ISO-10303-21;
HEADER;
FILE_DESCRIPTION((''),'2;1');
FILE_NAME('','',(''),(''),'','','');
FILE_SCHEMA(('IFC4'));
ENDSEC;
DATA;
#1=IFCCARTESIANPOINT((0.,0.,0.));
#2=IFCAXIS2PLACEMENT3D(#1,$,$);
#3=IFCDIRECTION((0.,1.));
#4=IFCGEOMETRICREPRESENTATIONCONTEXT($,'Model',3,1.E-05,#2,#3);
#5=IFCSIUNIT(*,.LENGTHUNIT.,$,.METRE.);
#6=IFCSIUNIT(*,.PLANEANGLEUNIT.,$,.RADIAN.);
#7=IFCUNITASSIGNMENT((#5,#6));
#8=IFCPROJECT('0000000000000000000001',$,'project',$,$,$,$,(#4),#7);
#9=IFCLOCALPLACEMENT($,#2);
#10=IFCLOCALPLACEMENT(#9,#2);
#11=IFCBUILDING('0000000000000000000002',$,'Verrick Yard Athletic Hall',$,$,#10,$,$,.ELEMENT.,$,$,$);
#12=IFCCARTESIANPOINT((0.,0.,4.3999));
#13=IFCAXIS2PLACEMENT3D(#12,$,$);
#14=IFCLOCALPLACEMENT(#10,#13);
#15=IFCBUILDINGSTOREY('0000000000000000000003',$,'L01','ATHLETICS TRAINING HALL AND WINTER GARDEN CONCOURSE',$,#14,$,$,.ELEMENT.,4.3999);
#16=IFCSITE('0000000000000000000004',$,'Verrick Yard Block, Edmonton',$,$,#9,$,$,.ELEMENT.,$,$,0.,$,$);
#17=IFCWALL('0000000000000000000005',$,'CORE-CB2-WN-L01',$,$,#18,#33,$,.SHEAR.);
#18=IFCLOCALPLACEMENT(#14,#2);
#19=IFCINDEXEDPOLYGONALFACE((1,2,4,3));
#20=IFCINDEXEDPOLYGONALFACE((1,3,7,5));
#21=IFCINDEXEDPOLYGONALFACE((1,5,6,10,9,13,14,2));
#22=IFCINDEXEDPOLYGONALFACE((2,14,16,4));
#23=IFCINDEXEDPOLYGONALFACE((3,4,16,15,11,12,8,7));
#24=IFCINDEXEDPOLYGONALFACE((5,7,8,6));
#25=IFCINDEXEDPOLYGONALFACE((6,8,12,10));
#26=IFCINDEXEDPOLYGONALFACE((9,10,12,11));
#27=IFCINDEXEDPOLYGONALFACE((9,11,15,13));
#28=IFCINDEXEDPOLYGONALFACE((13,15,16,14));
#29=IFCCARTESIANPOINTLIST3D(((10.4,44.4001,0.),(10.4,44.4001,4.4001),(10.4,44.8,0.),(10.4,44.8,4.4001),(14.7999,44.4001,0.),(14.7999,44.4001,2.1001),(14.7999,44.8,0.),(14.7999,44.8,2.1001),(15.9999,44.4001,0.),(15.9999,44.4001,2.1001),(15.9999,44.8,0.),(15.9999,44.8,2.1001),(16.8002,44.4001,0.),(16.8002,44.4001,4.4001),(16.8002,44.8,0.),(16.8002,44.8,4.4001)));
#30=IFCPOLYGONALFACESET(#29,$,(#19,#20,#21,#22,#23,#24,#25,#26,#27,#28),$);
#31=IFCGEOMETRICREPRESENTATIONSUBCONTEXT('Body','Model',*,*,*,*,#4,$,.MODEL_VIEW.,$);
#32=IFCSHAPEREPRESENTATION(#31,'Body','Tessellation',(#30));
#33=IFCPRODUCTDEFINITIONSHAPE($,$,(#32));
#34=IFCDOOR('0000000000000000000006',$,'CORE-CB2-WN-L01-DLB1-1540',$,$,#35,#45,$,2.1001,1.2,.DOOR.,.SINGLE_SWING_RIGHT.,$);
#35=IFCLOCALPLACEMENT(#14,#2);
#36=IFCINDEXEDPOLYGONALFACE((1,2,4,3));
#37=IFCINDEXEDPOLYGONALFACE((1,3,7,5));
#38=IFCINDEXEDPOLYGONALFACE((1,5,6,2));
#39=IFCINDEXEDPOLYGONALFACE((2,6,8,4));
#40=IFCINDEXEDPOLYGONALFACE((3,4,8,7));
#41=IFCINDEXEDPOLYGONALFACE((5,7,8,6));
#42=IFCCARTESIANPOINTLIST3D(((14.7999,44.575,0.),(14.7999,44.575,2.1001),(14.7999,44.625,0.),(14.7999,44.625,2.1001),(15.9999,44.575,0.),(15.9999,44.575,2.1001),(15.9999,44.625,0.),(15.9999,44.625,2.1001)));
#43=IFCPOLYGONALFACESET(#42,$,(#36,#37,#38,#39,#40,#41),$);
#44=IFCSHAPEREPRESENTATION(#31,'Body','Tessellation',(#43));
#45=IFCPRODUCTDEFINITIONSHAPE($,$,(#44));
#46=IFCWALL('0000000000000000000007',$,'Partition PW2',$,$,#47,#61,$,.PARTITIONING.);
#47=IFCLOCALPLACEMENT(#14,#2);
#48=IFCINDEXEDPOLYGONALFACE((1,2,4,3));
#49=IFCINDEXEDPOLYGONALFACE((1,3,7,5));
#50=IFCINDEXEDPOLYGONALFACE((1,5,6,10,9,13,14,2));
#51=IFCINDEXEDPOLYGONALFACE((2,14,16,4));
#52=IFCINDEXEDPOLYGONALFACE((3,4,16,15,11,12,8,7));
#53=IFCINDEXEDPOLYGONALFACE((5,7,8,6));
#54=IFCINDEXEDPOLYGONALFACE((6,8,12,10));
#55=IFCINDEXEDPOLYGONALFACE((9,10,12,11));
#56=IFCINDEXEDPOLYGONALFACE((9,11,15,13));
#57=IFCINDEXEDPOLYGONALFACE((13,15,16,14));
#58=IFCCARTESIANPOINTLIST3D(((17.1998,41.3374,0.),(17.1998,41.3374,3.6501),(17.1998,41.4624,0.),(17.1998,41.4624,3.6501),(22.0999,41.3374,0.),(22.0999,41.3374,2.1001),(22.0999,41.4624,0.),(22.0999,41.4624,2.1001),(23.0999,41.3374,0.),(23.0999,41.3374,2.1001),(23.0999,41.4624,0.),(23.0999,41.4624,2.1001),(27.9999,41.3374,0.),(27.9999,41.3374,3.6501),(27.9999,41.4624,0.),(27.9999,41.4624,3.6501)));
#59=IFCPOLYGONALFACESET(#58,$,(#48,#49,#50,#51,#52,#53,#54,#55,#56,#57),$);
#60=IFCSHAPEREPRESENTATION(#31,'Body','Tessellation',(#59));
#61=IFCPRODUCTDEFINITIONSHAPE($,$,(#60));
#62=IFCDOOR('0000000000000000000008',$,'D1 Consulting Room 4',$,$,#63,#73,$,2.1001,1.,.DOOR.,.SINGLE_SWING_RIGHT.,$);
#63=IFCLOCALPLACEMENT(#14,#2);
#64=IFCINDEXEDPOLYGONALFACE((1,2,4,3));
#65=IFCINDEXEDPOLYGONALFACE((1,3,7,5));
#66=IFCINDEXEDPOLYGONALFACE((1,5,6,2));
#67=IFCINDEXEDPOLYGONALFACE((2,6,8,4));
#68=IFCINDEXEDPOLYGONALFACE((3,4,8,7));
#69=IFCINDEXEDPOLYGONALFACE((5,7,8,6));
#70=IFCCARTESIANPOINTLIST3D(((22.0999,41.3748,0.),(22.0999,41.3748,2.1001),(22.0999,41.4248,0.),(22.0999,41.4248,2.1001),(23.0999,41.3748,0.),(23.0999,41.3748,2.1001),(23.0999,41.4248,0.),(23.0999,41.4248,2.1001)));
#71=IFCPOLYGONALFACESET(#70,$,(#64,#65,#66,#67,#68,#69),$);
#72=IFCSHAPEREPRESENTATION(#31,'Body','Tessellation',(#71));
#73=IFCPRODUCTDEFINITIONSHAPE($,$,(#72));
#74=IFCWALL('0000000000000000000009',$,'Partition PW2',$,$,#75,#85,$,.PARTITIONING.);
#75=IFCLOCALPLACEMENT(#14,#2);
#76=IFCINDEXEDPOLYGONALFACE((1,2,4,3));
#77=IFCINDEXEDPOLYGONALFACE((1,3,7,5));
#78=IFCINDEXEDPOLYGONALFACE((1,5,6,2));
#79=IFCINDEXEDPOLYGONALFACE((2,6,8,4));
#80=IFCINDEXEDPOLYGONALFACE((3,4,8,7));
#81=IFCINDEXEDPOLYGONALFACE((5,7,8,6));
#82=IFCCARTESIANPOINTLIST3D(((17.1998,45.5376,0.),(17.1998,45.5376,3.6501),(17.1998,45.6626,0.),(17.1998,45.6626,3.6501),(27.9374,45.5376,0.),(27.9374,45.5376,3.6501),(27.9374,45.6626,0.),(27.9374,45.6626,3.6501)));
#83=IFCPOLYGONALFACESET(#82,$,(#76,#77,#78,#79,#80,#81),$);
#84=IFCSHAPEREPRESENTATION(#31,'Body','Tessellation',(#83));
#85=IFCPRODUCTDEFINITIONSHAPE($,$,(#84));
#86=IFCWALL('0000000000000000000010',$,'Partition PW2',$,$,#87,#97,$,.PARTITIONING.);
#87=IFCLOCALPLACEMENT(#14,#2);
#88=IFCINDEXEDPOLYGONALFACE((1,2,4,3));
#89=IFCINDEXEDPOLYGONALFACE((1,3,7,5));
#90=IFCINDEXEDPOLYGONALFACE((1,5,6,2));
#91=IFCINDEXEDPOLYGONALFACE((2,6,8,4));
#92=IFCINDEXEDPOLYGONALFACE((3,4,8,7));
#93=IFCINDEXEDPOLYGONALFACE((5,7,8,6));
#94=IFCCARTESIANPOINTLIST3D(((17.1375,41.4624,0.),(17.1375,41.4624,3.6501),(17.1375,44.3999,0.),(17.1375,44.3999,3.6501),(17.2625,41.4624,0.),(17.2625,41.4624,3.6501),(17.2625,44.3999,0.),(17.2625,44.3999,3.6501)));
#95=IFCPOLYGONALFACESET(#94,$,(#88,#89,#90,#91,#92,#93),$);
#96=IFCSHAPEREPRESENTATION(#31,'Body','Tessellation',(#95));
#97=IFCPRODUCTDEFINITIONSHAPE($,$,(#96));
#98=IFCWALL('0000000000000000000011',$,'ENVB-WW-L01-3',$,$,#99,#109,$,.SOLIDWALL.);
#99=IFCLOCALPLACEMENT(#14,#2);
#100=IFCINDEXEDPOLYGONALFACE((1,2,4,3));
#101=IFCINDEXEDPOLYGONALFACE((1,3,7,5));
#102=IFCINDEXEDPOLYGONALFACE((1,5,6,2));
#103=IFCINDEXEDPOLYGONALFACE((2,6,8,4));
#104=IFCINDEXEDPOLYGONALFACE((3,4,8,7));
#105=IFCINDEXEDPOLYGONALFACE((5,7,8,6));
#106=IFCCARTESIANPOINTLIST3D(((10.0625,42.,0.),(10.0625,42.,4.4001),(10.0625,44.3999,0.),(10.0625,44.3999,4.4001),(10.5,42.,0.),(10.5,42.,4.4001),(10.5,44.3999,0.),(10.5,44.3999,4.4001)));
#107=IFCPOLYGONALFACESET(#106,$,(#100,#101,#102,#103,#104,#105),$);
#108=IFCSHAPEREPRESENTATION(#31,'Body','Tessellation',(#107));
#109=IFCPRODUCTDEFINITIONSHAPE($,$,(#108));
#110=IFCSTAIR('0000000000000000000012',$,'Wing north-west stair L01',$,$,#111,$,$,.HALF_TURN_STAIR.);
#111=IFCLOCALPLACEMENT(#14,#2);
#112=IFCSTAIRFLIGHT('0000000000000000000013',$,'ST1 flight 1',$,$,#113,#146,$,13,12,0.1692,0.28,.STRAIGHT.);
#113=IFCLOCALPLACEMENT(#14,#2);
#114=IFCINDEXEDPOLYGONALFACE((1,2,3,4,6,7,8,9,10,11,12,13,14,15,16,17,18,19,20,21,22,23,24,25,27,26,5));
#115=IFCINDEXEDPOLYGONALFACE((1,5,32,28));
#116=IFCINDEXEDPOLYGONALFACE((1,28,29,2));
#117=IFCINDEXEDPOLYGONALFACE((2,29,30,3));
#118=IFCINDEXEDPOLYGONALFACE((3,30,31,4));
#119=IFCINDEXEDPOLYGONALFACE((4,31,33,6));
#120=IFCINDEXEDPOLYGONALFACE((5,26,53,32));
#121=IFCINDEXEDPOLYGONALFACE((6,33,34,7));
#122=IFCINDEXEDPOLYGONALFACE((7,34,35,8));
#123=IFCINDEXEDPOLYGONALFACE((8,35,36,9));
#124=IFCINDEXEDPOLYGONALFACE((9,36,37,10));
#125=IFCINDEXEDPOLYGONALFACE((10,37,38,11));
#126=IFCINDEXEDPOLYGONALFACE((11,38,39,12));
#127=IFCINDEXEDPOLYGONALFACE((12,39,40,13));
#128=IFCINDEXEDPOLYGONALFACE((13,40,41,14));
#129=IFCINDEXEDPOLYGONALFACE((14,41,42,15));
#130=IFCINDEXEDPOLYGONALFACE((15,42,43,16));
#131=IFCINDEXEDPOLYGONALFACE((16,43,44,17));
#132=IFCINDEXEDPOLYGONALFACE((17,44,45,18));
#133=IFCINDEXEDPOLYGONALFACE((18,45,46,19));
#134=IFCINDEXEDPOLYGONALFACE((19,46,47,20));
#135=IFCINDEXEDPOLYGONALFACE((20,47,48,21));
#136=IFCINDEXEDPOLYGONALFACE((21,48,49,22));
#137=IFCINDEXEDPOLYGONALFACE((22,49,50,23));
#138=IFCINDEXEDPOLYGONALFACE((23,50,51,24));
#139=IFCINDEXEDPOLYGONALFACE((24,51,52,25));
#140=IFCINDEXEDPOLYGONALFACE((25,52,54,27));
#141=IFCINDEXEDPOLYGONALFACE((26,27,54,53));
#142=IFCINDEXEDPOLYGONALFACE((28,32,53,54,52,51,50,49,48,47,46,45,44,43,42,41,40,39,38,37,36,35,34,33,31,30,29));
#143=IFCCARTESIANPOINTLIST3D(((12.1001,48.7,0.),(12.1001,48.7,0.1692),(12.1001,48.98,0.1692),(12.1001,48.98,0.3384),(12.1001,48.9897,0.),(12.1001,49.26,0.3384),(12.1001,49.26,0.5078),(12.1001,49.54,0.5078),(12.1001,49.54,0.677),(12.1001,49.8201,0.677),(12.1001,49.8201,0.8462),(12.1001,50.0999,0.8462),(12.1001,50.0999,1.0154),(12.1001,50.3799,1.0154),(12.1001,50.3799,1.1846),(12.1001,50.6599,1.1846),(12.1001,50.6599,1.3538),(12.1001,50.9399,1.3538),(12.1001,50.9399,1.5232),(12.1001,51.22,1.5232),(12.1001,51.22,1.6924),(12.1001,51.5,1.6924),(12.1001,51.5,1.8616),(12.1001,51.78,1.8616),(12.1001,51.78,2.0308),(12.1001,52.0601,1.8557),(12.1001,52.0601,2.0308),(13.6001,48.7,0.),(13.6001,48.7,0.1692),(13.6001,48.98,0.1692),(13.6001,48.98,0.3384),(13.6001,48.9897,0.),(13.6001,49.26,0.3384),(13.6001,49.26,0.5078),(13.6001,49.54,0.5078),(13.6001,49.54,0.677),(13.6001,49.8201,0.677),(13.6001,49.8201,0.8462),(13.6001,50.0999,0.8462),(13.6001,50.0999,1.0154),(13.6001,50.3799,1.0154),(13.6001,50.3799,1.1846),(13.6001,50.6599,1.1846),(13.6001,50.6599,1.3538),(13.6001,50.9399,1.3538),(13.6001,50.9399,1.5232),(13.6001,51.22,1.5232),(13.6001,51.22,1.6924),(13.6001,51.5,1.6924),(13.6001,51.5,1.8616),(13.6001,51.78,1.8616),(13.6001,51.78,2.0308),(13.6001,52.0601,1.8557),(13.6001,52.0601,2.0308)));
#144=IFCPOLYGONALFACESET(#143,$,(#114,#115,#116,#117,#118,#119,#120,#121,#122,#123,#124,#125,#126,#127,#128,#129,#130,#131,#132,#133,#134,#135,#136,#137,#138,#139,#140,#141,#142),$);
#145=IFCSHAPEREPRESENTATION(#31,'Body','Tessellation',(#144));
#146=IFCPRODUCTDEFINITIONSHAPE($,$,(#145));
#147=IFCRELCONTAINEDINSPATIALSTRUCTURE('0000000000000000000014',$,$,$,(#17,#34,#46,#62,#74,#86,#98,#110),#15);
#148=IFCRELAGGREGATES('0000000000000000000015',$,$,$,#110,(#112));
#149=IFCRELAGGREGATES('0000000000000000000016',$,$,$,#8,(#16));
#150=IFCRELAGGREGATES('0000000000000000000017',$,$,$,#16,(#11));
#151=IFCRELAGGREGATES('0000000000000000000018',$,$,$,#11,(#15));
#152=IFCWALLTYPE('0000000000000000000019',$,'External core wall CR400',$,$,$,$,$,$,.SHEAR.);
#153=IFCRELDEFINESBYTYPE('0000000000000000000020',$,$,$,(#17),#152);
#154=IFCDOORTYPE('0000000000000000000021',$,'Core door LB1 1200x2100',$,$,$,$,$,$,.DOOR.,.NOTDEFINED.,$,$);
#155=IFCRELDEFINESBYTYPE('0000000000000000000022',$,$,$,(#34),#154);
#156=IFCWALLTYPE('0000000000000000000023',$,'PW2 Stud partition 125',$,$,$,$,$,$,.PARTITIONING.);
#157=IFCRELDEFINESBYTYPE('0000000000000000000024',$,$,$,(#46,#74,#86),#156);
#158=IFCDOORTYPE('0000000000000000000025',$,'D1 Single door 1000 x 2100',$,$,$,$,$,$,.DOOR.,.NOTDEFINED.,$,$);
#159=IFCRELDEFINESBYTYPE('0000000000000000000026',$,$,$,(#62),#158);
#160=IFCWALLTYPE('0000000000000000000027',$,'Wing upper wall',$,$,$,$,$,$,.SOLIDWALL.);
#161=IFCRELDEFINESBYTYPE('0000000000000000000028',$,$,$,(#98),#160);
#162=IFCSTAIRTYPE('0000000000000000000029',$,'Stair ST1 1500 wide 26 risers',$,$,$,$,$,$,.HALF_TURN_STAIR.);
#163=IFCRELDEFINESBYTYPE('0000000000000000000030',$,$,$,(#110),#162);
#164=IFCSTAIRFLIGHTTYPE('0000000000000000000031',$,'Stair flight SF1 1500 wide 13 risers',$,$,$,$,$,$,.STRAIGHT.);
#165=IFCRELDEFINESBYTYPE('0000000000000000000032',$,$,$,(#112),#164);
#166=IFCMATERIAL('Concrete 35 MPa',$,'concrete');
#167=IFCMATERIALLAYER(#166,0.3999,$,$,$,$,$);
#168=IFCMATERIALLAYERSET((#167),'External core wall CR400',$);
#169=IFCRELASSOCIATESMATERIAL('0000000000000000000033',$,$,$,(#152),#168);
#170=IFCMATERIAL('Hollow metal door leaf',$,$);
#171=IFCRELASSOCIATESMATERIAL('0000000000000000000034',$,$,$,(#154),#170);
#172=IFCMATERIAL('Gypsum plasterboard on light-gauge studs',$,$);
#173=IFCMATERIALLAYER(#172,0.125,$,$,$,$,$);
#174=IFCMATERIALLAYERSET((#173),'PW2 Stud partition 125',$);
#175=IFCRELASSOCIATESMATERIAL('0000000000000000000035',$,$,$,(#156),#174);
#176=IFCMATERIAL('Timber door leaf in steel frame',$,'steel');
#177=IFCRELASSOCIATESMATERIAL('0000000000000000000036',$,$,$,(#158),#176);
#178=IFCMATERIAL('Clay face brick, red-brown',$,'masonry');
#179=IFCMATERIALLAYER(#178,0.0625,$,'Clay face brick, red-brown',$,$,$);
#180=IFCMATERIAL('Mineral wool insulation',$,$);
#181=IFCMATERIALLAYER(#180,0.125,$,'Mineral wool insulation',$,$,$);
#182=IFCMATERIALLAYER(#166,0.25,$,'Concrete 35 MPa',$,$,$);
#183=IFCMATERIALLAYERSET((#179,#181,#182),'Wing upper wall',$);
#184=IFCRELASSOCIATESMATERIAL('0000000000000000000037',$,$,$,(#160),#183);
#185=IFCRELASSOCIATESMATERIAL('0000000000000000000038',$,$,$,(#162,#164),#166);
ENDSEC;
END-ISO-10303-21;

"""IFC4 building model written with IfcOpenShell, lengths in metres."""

from ifc_helpers import new_model, si_unit, direction, frame, frame_2d, origin, place, context, subcontext, project, spatial, polyline, rectangle, outline, extrude, material, layer, layer_set, type_object, element, fill, aggregate, save


model = new_model("IFC4")

# Units and contexts
model_context = context("Model", 3, precision=1e-05, world=origin(), true_north=direction((0.0, 1.0)))
body_context = subcontext(model_context, "Body", "Model", "MODEL_VIEW")
ifc_project = project(units=[si_unit("LENGTHUNIT", "METRE"), si_unit("PLANEANGLEUNIT", "RADIAN")], contexts=[model_context])

# Site, building, storey
site_placement = place(None, origin())
site = spatial("IfcSite", under=ifc_project, at=site_placement, Name="Verrick Yard Block, Edmonton", CompositionType="ELEMENT", RefElevation=0.0)
building_placement = place(site_placement, origin())
building = spatial("IfcBuilding", under=site, at=building_placement, Name="Verrick Yard Athletic Hall", CompositionType="ELEMENT")
storey_placement = place(building_placement, frame((0.0, 0.0, 4.3999)))
storey = spatial("IfcBuildingStorey", under=building, at=storey_placement, Name="L01", Description="ATHLETICS TRAINING HALL AND WINTER GARDEN CONCOURSE", CompositionType="ELEMENT", Elevation=4.3999)

# Shared definitions
ifc_material_1 = material(Name="Concrete 35 MPa", Category="concrete")
ifc_material_2 = material(Name="Hollow metal door leaf")

# Shared definitions
ifc_layer_1 = layer(ifc_material_1, 0.3999)
ifc_layer_set_1 = layer_set([ifc_layer_1], Name="External core wall CR400")
wall_type_1 = type_object("IfcWallType", Name="External core wall CR400", PredefinedType="SHEAR", material=ifc_layer_set_1)

# Walls, openings, doors
wall_1_placement = place(storey_placement, frame((10.3999, 44.6001, 0.0), z_axis=(0.0, 0.0, 1.0), x_axis=(1.0, 0.0, 0.0)))
wall_1 = element("IfcWall", 1, at=wall_1_placement, inside=storey, type_object=wall_type_1, Name="CORE-CB2-WN-L01", PredefinedType="SHEAR", context=body_context, shape_type="SweptSolid", body=[
    extrude(rectangle(XDim=6.4001, YDim=0.3999, at=frame_2d((3.2002, 0.0))), origin(), (0.0, 0.0, 1.0), 4.4001),
])
opening_1_placement = place(wall_1_placement, frame((4.3999, 0.0, 0.0)))
opening_1 = element("IfcOpeningElement", 2, at=opening_1_placement, cuts=wall_1, PredefinedType="OPENING", context=body_context, shape_type="SweptSolid", body=[
    extrude(rectangle(XDim=1.2, YDim=2.1001, at=frame_2d((0.6001, 1.05))), frame((0.0, 0.21, 0.0), z_axis=(0.0, -1.0, 0.0), x_axis=(1.0, 0.0, 0.0)), (0.0, 0.0, 1.0), 0.4199),
])
door_type_1 = type_object("IfcDoorType", Name="Core door LB1 1200x2100", OperationType="NOTDEFINED", PredefinedType="DOOR", material=ifc_material_2)
door_1_placement = place(opening_1_placement, origin())
door_1 = element("IfcDoor", 3, at=door_1_placement, inside=storey, type_object=door_type_1, Name="CORE-CB2-WN-L01-DLB1-1540", OperationType="SINGLE_SWING_RIGHT", OverallHeight=2.1001, OverallWidth=1.2, PredefinedType="DOOR", context=body_context, shape_type="SweptSolid", body=[
    extrude(rectangle(XDim=1.2, YDim=2.1001, at=frame_2d((0.6001, 1.05))), frame((0.0, 0.0249, 0.0), z_axis=(0.0, -1.0, 0.0), x_axis=(1.0, 0.0, 0.0)), (0.0, 0.0, 1.0), 0.05),
])
fill(opening_1, door_1)
ifc_material_3 = material(Name="Gypsum plasterboard on light-gauge studs")
ifc_layer_2 = layer(ifc_material_3, 0.125)
ifc_layer_set_2 = layer_set([ifc_layer_2], Name="PW2 Stud partition 125")
wall_type_2 = type_object("IfcWallType", Name="PW2 Stud partition 125", PredefinedType="PARTITIONING", material=ifc_layer_set_2)
wall_2_placement = place(storey_placement, frame((17.2, 41.3999, 0.0), z_axis=(0.0, 0.0, 1.0), x_axis=(1.0, 0.0, 0.0)))
wall_2 = element("IfcWall", 4, at=wall_2_placement, inside=storey, type_object=wall_type_2, Name="Partition PW2", PredefinedType="PARTITIONING", context=body_context, shape_type="SweptSolid", body=[
    extrude(rectangle(XDim=10.8, YDim=0.125, at=frame_2d((5.3999, 0.0))), origin(), (0.0, 0.0, 1.0), 3.6501),
])
opening_2_placement = place(wall_2_placement, frame((4.8999, 0.0, 0.0)))
opening_2 = element("IfcOpeningElement", 5, at=opening_2_placement, cuts=wall_2, PredefinedType="OPENING", context=body_context, shape_type="SweptSolid", body=[
    extrude(rectangle(XDim=1.0, YDim=2.1001, at=frame_2d((0.5, 1.05))), frame((0.0, 0.0725, 0.0), z_axis=(0.0, -1.0, 0.0), x_axis=(1.0, 0.0, 0.0)), (0.0, 0.0, 1.0), 0.145),
])
ifc_material_4 = material(Name="Timber door leaf in steel frame", Category="steel")
door_type_2 = type_object("IfcDoorType", Name="D1 Single door 1000 x 2100", OperationType="NOTDEFINED", PredefinedType="DOOR", material=ifc_material_4)
door_2_placement = place(opening_2_placement, origin())
door_2 = element("IfcDoor", 6, at=door_2_placement, inside=storey, type_object=door_type_2, Name="D1 Consulting Room 4", OperationType="SINGLE_SWING_RIGHT", OverallHeight=2.1001, OverallWidth=1.0, PredefinedType="DOOR", context=body_context, shape_type="SweptSolid", body=[
    extrude(rectangle(XDim=1.0, YDim=2.1001, at=frame_2d((0.5, 1.05))), frame((0.0, 0.0249, 0.0), z_axis=(0.0, -1.0, 0.0), x_axis=(1.0, 0.0, 0.0)), (0.0, 0.0, 1.0), 0.05),
])
fill(opening_2, door_2)

# Walls
wall_3_placement = place(storey_placement, frame((17.2, 45.6001, 0.0), z_axis=(0.0, 0.0, 1.0), x_axis=(1.0, 0.0, 0.0)))
element("IfcWall", 7, at=wall_3_placement, inside=storey, type_object=wall_type_2, Name="Partition PW2", PredefinedType="PARTITIONING", context=body_context, shape_type="SweptSolid", body=[
    extrude(rectangle(XDim=10.7375, YDim=0.125, at=frame_2d((5.3687, 0.0))), origin(), (0.0, 0.0, 1.0), 3.6501),
])
wall_4_placement = place(storey_placement, frame((17.2, 41.4624, 0.0), z_axis=(0.0, 0.0, 1.0), x_axis=(0.0, 1.0, 0.0)))
element("IfcWall", 8, at=wall_4_placement, inside=storey, type_object=wall_type_2, Name="Partition PW2", PredefinedType="PARTITIONING", context=body_context, shape_type="SweptSolid", body=[
    extrude(rectangle(XDim=2.9375, YDim=0.125, at=frame_2d((1.4688, 0.0))), origin(), (0.0, 0.0, 1.0), 3.6501),
])
ifc_material_5 = material(Name="Clay face brick, red-brown", Category="masonry")
ifc_layer_3 = layer(ifc_material_5, 0.0625, Name="Clay face brick, red-brown")
ifc_material_6 = material(Name="Mineral wool insulation")
ifc_layer_4 = layer(ifc_material_6, 0.125, Name="Mineral wool insulation")
ifc_layer_5 = layer(ifc_material_1, 0.25, Name="Concrete 35 MPa")
ifc_layer_set_3 = layer_set([ifc_layer_3, ifc_layer_4, ifc_layer_5], Name="Wing upper wall")
wall_type_3 = type_object("IfcWallType", Name="Wing upper wall", PredefinedType="SOLIDWALL", material=ifc_layer_set_3)
wall_5_placement = place(storey_placement, frame((10.2812, 42.0, 0.0), z_axis=(0.0, 0.0, 1.0), x_axis=(0.0, 1.0, 0.0)))
element("IfcWall", 9, at=wall_5_placement, inside=storey, type_object=wall_type_3, Name="ENVB-WW-L01-3", PredefinedType="SOLIDWALL", context=body_context, shape_type="SweptSolid", body=[
    extrude(rectangle(XDim=2.3999, YDim=0.4375, at=frame_2d((1.2, 0.0))), origin(), (0.0, 0.0, 1.0), 4.4001),
])

# Stair, stair flight
stair_type = type_object("IfcStairType", Name="Stair ST1 1500 wide 26 risers", PredefinedType="HALF_TURN_STAIR", material=ifc_material_1)
stair_placement = place(storey_placement, origin())
stair = element("IfcStair", 10, at=stair_placement, inside=storey, type_object=stair_type, Name="Wing north-west stair L01", PredefinedType="HALF_TURN_STAIR")
stair_flight_type = type_object("IfcStairFlightType", Name="Stair flight SF1 1500 wide 13 risers", PredefinedType="STRAIGHT", material=ifc_material_1)
stair_flight_placement = place(storey_placement, frame((12.8501, 48.7, 0.0), z_axis=(0.0, 0.0, 1.0), x_axis=(0.0, 1.0, 0.0)))
stair_flight = element("IfcStairFlight", 11, at=stair_flight_placement, type_object=stair_flight_type, Name="ST1 flight 1", NumberOfRisers=13, NumberOfTreads=12, PredefinedType="STRAIGHT", RiserHeight=0.1692, TreadLength=0.28, context=body_context, shape_type="SweptSolid", body=[
    extrude(outline(polyline([(0.0, 0.0), (0.0, 0.1692), (0.28, 0.1692), (0.28, 0.3384), (0.5601, 0.3384), (0.5601, 0.5078), (0.8401, 0.5078), (0.8401, 0.677), (1.1201, 0.677), (1.1201, 0.8462), (1.3999, 0.8462), (1.3999, 1.0154), (1.6799, 1.0154), (1.6799, 1.1846), (1.96, 1.1846), (1.96, 1.3538), (2.24, 1.3538), (2.24, 1.5232), (2.52, 1.5232), (2.52, 1.6924), (2.8, 1.6924), (2.8, 1.8616), (3.0801, 1.8616), (3.0801, 2.0308), (3.3601, 2.0308), (3.3601, 2.2), (3.3601, 1.8557), (0.2898, 0.0), (0.0, 0.0)])), frame((0.0, 0.75, 0.0), z_axis=(0.0, -1.0, 0.0), x_axis=(1.0, 0.0, 0.0)), (0.0, 0.0, 1.0), 1.5),
])
aggregate(stair, [stair_flight])

save(model, "model.ifc")
